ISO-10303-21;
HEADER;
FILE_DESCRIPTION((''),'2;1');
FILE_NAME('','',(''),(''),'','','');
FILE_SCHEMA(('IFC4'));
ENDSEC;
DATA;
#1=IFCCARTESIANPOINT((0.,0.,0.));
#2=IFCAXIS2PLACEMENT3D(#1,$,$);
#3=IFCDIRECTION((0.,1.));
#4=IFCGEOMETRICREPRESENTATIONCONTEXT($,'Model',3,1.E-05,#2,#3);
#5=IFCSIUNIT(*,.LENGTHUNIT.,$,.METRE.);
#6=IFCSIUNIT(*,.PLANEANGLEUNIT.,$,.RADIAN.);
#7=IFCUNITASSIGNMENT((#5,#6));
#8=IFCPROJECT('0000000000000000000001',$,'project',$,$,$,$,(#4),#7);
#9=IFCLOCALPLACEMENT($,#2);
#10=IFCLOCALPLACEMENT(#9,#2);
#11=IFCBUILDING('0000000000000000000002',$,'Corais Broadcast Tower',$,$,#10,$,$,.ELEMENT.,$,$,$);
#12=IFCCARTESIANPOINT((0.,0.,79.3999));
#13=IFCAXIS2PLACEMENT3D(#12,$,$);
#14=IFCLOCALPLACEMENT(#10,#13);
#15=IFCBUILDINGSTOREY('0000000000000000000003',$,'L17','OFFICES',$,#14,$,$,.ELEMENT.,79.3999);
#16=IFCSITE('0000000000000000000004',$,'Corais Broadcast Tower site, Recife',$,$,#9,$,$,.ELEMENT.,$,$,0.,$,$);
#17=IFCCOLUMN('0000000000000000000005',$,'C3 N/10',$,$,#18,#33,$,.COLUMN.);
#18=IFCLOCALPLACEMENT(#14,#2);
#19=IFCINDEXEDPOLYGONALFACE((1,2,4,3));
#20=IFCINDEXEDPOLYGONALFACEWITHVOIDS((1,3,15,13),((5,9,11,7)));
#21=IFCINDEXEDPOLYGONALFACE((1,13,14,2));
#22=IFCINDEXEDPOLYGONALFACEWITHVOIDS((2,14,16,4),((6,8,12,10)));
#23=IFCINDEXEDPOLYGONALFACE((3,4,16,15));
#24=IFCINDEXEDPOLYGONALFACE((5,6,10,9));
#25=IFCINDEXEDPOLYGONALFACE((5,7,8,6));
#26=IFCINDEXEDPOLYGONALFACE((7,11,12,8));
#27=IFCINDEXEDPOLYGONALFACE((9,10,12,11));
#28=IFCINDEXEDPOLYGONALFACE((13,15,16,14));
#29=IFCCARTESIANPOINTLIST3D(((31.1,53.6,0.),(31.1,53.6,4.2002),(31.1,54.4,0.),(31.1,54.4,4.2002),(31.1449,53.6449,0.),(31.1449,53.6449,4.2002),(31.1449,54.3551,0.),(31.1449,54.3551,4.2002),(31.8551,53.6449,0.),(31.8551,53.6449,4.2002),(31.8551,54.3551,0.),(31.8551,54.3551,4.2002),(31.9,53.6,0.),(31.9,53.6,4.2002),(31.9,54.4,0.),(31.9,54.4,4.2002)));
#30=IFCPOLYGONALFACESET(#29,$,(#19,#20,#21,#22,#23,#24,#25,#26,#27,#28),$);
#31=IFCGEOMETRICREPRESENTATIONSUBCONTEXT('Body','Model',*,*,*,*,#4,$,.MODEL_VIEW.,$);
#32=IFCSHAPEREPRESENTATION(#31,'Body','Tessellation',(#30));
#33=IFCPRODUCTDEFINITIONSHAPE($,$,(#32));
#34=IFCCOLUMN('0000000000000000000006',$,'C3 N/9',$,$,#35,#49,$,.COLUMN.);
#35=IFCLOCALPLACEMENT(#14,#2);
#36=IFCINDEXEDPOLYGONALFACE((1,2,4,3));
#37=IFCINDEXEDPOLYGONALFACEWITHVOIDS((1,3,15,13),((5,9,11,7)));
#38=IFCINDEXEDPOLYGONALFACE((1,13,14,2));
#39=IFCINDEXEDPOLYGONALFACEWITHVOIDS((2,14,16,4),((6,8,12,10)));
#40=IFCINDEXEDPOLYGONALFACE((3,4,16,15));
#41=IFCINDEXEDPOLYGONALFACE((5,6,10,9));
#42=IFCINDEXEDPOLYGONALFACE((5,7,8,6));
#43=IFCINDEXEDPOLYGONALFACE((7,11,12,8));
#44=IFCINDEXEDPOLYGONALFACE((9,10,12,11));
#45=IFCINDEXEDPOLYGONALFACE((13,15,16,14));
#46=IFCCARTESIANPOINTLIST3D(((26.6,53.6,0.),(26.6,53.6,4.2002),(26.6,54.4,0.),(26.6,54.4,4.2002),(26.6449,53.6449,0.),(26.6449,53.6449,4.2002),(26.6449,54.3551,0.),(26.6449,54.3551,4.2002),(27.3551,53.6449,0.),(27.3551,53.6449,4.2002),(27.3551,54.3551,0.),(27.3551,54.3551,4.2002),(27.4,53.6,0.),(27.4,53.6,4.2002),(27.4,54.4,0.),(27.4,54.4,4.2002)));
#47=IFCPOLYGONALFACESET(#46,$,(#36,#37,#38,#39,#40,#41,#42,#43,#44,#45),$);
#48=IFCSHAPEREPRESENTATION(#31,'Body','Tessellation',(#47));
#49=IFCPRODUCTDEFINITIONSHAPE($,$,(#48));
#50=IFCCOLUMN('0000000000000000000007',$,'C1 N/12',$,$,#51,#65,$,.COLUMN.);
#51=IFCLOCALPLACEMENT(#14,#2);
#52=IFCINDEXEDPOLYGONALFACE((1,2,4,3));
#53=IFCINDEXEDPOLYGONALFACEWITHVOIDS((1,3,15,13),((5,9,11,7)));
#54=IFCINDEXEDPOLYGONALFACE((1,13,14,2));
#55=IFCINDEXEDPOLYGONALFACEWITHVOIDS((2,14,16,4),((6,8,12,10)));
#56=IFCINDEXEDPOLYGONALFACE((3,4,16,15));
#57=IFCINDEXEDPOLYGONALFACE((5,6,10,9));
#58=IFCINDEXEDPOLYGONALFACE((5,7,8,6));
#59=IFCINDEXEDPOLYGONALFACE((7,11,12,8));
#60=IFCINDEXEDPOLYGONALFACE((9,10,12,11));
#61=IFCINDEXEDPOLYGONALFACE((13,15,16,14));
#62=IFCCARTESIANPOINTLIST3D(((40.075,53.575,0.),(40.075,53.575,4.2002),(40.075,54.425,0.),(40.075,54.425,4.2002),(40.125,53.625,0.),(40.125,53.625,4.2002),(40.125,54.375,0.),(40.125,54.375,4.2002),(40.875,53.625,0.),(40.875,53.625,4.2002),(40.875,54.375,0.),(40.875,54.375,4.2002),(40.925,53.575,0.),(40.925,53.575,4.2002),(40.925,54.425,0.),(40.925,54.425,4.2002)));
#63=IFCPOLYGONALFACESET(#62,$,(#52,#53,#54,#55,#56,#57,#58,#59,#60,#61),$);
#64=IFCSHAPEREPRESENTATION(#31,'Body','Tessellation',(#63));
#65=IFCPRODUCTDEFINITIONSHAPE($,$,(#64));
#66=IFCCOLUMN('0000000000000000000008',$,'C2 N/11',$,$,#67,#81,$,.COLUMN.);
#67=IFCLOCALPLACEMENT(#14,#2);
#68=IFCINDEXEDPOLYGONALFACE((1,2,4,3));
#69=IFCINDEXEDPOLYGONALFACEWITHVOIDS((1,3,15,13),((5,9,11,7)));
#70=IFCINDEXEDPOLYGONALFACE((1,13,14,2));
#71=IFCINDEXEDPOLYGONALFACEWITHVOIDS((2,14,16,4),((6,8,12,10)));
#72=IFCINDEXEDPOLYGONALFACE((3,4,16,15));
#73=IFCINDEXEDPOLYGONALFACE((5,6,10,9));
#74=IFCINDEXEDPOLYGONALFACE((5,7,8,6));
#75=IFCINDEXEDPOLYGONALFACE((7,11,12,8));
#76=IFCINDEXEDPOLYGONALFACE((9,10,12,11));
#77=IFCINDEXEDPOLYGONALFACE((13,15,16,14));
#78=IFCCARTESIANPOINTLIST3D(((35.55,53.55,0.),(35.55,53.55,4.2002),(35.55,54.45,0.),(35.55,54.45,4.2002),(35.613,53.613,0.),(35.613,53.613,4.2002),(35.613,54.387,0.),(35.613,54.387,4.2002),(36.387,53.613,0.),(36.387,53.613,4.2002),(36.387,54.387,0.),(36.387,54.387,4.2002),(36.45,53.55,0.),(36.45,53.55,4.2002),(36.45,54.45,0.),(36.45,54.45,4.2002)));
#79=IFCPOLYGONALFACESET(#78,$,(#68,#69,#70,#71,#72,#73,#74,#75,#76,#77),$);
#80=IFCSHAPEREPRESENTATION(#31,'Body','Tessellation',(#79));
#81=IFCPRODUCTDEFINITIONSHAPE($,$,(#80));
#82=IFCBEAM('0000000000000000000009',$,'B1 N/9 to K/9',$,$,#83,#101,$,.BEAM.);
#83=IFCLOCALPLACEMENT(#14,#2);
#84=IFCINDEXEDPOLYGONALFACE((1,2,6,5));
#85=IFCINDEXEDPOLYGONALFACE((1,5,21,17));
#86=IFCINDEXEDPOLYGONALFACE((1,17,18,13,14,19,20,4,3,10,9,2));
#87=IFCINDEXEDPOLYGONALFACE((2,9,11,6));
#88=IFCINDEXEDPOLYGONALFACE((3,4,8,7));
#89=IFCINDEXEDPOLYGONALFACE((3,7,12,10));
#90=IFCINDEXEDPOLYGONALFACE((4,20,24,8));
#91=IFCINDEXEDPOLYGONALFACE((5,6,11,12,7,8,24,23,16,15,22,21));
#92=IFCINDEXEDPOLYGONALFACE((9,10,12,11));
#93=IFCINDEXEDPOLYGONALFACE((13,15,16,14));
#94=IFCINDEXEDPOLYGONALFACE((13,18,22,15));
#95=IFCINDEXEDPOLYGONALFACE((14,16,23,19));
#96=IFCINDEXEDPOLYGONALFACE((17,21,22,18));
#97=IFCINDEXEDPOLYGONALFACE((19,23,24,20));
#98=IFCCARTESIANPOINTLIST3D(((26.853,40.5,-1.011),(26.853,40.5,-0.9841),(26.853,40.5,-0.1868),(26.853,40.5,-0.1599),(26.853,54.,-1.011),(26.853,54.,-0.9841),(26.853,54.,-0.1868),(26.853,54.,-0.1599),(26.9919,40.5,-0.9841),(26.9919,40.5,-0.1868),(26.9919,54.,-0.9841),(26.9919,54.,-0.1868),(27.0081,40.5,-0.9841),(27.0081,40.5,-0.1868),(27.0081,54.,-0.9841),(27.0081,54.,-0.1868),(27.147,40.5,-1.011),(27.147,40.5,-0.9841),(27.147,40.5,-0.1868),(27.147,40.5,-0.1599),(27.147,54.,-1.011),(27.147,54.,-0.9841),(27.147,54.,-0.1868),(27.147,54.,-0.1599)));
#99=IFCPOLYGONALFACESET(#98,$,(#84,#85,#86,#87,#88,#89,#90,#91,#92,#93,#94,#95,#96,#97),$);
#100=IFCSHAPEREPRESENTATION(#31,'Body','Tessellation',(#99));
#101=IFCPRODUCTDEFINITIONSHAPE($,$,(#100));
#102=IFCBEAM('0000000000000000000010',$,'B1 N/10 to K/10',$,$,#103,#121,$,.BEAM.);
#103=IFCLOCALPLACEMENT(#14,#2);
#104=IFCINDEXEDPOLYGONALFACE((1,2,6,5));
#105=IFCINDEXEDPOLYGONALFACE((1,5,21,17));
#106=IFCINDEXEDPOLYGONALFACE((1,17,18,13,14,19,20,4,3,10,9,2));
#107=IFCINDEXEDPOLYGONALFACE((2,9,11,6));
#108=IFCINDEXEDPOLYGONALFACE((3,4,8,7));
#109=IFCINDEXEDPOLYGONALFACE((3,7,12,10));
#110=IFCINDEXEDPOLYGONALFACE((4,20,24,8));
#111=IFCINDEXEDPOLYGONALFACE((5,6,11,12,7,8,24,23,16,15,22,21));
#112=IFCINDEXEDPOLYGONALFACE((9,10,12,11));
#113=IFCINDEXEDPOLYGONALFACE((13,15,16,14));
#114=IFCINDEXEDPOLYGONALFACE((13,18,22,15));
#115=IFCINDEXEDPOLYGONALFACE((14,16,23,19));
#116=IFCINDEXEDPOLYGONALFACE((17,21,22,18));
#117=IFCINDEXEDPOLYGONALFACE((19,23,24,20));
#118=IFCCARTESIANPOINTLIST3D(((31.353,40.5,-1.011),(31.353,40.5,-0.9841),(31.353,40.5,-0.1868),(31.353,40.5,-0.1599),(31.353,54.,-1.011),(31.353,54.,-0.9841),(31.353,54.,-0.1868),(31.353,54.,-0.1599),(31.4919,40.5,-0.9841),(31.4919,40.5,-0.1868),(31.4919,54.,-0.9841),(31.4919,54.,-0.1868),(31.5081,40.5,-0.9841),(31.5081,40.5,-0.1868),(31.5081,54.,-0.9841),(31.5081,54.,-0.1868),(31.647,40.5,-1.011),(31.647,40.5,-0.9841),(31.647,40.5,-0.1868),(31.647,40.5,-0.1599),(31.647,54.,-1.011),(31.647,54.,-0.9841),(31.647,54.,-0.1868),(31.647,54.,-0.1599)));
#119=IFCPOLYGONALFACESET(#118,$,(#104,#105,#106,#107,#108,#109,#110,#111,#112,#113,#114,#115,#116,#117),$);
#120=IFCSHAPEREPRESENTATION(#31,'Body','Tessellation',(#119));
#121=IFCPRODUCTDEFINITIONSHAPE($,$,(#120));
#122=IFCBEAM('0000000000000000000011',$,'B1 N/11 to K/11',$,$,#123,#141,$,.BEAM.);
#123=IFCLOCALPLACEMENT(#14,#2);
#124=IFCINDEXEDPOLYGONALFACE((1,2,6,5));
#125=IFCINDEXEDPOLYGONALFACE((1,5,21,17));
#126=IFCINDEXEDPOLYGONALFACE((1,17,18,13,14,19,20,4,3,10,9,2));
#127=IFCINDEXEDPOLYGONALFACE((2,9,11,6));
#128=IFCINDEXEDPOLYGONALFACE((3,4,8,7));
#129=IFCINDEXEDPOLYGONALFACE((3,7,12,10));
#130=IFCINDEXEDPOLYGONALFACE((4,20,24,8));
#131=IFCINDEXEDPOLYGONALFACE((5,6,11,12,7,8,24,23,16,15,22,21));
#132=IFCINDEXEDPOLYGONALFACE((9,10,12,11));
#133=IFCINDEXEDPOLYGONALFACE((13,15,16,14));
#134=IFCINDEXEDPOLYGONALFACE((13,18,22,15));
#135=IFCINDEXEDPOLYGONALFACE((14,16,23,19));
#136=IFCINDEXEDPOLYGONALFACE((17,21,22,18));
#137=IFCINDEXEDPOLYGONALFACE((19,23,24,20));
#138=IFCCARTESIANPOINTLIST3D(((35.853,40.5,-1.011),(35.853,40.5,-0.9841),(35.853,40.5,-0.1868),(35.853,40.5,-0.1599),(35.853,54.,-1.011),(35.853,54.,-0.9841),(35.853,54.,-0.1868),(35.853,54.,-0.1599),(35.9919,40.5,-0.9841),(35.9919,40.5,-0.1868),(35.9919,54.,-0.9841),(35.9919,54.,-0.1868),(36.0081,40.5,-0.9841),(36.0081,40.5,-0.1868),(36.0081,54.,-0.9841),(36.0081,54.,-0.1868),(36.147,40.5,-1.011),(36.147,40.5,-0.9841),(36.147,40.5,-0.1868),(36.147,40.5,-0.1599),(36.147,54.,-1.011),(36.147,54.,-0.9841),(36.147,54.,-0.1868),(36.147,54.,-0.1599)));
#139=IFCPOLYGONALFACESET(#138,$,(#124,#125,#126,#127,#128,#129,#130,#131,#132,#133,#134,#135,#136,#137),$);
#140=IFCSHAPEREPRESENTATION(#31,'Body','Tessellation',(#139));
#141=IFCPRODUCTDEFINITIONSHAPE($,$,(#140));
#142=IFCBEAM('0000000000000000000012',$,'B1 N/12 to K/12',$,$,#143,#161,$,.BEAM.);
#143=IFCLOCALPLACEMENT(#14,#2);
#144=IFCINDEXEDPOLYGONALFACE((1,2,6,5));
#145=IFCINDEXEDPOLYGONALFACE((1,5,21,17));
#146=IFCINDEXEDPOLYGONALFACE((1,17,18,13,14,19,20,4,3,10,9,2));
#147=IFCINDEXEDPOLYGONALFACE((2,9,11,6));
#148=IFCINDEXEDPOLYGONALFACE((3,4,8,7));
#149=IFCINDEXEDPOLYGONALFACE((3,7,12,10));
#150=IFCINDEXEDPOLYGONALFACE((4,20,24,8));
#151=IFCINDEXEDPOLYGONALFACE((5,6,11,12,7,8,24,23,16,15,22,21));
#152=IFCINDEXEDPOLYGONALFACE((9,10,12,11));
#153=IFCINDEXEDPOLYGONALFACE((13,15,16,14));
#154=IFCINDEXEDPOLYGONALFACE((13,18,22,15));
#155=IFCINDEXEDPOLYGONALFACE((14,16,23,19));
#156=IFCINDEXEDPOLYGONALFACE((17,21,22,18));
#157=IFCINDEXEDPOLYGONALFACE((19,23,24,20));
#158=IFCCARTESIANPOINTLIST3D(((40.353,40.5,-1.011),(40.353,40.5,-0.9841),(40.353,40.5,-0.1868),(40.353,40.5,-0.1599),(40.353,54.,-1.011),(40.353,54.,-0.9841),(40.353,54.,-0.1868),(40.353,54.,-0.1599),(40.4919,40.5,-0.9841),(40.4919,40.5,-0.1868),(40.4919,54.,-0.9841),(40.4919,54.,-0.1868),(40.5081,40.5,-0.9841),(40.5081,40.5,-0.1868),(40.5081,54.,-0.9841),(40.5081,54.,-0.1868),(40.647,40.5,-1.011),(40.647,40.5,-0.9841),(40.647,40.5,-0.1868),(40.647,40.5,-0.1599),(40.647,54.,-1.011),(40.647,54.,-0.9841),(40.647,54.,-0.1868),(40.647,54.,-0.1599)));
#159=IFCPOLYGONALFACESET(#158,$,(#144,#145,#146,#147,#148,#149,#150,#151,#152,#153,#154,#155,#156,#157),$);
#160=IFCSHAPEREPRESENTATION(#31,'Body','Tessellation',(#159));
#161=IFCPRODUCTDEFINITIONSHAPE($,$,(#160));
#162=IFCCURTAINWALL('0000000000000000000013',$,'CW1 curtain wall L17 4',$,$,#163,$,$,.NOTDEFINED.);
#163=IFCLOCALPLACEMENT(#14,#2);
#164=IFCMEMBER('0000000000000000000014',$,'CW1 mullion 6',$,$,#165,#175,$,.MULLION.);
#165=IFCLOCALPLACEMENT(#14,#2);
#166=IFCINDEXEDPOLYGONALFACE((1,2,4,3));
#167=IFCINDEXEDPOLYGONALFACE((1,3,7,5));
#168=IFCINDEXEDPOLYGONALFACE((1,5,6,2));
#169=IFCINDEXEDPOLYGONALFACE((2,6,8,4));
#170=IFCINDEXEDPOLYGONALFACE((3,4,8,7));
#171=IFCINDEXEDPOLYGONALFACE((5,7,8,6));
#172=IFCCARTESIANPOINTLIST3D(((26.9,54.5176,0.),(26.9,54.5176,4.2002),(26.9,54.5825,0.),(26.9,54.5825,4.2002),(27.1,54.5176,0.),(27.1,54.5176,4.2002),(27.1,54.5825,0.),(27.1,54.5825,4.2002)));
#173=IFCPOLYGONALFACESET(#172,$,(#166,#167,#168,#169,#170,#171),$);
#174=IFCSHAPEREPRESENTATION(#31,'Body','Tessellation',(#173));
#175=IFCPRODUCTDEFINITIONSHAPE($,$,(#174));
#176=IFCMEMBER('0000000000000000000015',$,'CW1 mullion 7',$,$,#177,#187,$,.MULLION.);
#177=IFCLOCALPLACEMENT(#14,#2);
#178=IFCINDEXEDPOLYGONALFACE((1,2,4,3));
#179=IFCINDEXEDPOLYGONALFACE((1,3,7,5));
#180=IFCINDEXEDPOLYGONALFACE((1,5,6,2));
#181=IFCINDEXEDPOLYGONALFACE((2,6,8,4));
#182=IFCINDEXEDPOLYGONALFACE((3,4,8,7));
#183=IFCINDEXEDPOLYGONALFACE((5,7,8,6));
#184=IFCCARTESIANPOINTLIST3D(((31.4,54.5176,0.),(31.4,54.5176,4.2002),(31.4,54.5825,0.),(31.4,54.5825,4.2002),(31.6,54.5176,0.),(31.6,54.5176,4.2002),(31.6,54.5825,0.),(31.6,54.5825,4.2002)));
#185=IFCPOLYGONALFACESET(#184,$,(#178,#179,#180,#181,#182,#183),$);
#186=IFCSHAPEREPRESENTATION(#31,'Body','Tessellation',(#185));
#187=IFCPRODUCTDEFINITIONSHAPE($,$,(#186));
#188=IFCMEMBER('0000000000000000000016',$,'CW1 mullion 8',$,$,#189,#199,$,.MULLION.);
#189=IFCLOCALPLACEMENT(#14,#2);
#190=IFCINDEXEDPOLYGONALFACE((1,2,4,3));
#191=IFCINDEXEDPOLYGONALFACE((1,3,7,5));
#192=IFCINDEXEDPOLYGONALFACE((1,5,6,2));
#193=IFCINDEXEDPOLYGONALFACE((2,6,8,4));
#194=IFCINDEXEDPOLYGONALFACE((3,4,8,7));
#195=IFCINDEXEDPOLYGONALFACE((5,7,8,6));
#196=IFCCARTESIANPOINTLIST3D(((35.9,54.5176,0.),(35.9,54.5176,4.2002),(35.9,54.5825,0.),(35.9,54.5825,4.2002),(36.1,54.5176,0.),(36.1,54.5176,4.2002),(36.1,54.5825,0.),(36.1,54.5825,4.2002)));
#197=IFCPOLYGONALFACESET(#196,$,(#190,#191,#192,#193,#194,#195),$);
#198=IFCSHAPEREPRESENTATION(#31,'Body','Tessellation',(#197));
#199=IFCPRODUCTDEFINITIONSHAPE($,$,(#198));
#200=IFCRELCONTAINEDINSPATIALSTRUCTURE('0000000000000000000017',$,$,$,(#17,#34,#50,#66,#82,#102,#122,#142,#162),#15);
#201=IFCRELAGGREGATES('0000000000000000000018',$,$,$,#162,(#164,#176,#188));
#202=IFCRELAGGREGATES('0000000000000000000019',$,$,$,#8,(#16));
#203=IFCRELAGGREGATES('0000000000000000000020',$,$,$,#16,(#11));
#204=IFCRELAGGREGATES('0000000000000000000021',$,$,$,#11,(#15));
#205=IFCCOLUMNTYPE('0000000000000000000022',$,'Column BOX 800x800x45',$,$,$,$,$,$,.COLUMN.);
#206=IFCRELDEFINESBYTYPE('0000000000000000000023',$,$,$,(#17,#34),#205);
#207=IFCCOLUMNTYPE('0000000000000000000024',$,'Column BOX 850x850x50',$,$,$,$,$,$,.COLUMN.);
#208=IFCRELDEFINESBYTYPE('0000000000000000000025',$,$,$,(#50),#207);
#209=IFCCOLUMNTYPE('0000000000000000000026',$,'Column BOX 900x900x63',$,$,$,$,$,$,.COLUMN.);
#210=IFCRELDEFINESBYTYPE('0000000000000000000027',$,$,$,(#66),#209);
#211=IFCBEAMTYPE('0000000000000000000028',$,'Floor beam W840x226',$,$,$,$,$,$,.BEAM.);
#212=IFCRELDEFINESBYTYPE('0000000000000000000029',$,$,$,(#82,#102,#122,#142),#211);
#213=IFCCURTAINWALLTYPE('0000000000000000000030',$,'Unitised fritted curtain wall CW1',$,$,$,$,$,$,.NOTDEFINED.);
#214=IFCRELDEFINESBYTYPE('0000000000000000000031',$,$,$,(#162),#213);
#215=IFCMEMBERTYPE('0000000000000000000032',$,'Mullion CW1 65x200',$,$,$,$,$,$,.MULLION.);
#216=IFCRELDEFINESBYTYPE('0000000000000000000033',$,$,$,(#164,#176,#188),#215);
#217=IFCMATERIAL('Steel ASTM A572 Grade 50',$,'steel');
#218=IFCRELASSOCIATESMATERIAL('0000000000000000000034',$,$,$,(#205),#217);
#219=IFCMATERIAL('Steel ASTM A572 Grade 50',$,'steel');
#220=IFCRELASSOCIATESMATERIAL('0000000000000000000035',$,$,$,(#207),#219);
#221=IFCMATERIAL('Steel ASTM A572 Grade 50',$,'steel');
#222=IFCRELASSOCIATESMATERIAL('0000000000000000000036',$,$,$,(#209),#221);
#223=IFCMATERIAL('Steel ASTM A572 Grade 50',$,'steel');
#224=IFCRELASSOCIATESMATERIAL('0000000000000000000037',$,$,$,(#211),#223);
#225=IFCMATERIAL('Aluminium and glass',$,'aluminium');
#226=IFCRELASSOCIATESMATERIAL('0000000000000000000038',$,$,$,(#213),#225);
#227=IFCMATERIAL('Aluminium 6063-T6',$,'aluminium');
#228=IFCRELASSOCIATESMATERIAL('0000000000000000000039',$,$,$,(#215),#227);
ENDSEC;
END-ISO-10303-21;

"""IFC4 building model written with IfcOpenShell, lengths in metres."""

from ifc_helpers import new_model, si_unit, direction, frame, origin, origin_2d, place, context, subcontext, project, spatial, rectangle, hollow_rectangle, i_section, extrude, material, material_profile, profile_set, type_object, element, aggregate, save


model = new_model("IFC4")

# Units and contexts
model_context = context("Model", 3, precision=1e-05, world=origin(), true_north=direction((0.0, 1.0)))
body_context = subcontext(model_context, "Body", "Model", "MODEL_VIEW")
ifc_project = project(units=[si_unit("LENGTHUNIT", "METRE"), si_unit("PLANEANGLEUNIT", "RADIAN")], contexts=[model_context])

# Site, building, storey
site_placement = place(None, origin())
site = spatial("IfcSite", under=ifc_project, at=site_placement, Name="Corais Broadcast Tower site, Recife", CompositionType="ELEMENT", RefElevation=0.0)
building_placement = place(site_placement, origin())
building = spatial("IfcBuilding", under=site, at=building_placement, Name="Corais Broadcast Tower", CompositionType="ELEMENT")
storey_placement = place(building_placement, frame((0.0, 0.0, 79.3999)))
storey = spatial("IfcBuildingStorey", under=building, at=storey_placement, Name="L17", Description="OFFICES", CompositionType="ELEMENT", Elevation=79.3999)

# Columns
ifc_material_1 = material(Name="Steel ASTM A572 Grade 50", Category="steel")
ifc_material_profile_1 = material_profile(ifc_material_1, hollow_rectangle(XDim=0.8, YDim=0.8, WallThickness=0.0449, at=origin_2d()), Name="BOX 800x800x45")
ifc_profile_set_1 = profile_set([ifc_material_profile_1], Name="Steel ASTM A572 Grade 50")
column_type_1 = type_object("IfcColumnType", Name="Column BOX 800x800x45", PredefinedType="COLUMN", material=ifc_profile_set_1)
for number, where, z_axis, x_axis, name in (
    (1, (31.5, 54.0, 0.0), (0.0, 0.0, 1.0), (1.0, 0.0, 0.0), "C3 N/10"),
    (2, (27.0, 54.0, 0.0), (0.0, 0.0, 1.0), (1.0, 0.0, 0.0), "C3 N/9"),
):
    element("IfcColumn", number, at=place(storey_placement, frame(where, z_axis=z_axis, x_axis=x_axis)), inside=storey, type_object=column_type_1, Name=name, PredefinedType="COLUMN", context=body_context, shape_type="SweptSolid", body=[
        extrude(hollow_rectangle(XDim=0.8, YDim=0.8, WallThickness=0.0449, at=origin_2d()), origin(), (0.0, 0.0, 1.0), 4.2002),
    ])
ifc_material_2 = material(Name="Steel ASTM A572 Grade 50", Category="steel")
ifc_material_profile_2 = material_profile(ifc_material_2, hollow_rectangle(XDim=0.8501, YDim=0.8501, WallThickness=0.05, at=origin_2d()), Name="BOX 850x850x50")
ifc_profile_set_2 = profile_set([ifc_material_profile_2], Name="Steel ASTM A572 Grade 50")
column_type_2 = type_object("IfcColumnType", Name="Column BOX 850x850x50", PredefinedType="COLUMN", material=ifc_profile_set_2)
column_1_placement = place(storey_placement, frame((40.5, 54.0, 0.0), z_axis=(0.0, 0.0, 1.0), x_axis=(1.0, 0.0, 0.0)))
element("IfcColumn", 3, at=column_1_placement, inside=storey, type_object=column_type_2, Name="C1 N/12", PredefinedType="COLUMN", context=body_context, shape_type="SweptSolid", body=[
    extrude(hollow_rectangle(XDim=0.8501, YDim=0.8501, WallThickness=0.05, at=origin_2d()), origin(), (0.0, 0.0, 1.0), 4.2002),
])
ifc_material_3 = material(Name="Steel ASTM A572 Grade 50", Category="steel")
ifc_material_profile_3 = material_profile(ifc_material_3, hollow_rectangle(XDim=0.8999, YDim=0.8999, WallThickness=0.063, at=origin_2d()), Name="BOX 900x900x63")
ifc_profile_set_3 = profile_set([ifc_material_profile_3], Name="Steel ASTM A572 Grade 50")
column_type_3 = type_object("IfcColumnType", Name="Column BOX 900x900x63", PredefinedType="COLUMN", material=ifc_profile_set_3)
column_2_placement = place(storey_placement, frame((36.0, 54.0, 0.0), z_axis=(0.0, 0.0, 1.0), x_axis=(1.0, 0.0, 0.0)))
element("IfcColumn", 4, at=column_2_placement, inside=storey, type_object=column_type_3, Name="C2 N/11", PredefinedType="COLUMN", context=body_context, shape_type="SweptSolid", body=[
    extrude(hollow_rectangle(XDim=0.8999, YDim=0.8999, WallThickness=0.063, at=origin_2d()), origin(), (0.0, 0.0, 1.0), 4.2002),
])

# Beams
ifc_material_4 = material(Name="Steel ASTM A572 Grade 50", Category="steel")
ifc_material_profile_4 = material_profile(ifc_material_4, i_section(OverallWidth=0.2939, OverallDepth=0.8511, WebThickness=0.0161, FlangeThickness=0.0269, at=origin_2d()), Name="W840x226")
ifc_profile_set_4 = profile_set([ifc_material_profile_4], Name="Steel ASTM A572 Grade 50")
beam_type_1 = type_object("IfcBeamType", Name="Floor beam W840x226", PredefinedType="BEAM", material=ifc_profile_set_4)
for number, where, z_axis, x_axis, name in (
    (5, (27.0, 54.0, -0.5854), (0.0, -1.0, 0.0), (1.0, 0.0, 0.0), "B1 N/9 to K/9"),
    (6, (31.5, 54.0, -0.5854), (0.0, -1.0, 0.0), (1.0, 0.0, 0.0), "B1 N/10 to K/10"),
    (7, (36.0, 54.0, -0.5854), (0.0, -1.0, 0.0), (1.0, 0.0, 0.0), "B1 N/11 to K/11"),
    (8, (40.5, 54.0, -0.5854), (0.0, -1.0, 0.0), (1.0, 0.0, 0.0), "B1 N/12 to K/12"),
):
    element("IfcBeam", number, at=place(storey_placement, frame(where, z_axis=z_axis, x_axis=x_axis)), inside=storey, type_object=beam_type_1, Name=name, PredefinedType="BEAM", context=body_context, shape_type="SweptSolid", body=[
        extrude(i_section(OverallWidth=0.2939, OverallDepth=0.8511, WebThickness=0.0161, FlangeThickness=0.0269, at=origin_2d()), origin(), (0.0, 0.0, 1.0), 13.5),
    ])

# Curtain wall, members
ifc_material_5 = material(Name="Aluminium and glass", Category="aluminium")
curtain_wall_type = type_object("IfcCurtainWallType", Name="Unitised fritted curtain wall CW1", PredefinedType="NOTDEFINED", material=ifc_material_5)
curtain_wall_placement = place(storey_placement, origin())
curtain_wall = element("IfcCurtainWall", 9, at=curtain_wall_placement, inside=storey, type_object=curtain_wall_type, Name="CW1 curtain wall L17 4", PredefinedType="NOTDEFINED")
ifc_material_6 = material(Name="Aluminium 6063-T6", Category="aluminium")
ifc_material_profile_5 = material_profile(ifc_material_6, rectangle(XDim=0.0649, YDim=0.2, at=origin_2d()), Name="Mullion CW1 65x200")
ifc_profile_set_5 = profile_set([ifc_material_profile_5], Name="Aluminium 6063-T6")
member_type_1 = type_object("IfcMemberType", Name="Mullion CW1 65x200", PredefinedType="MULLION", material=ifc_profile_set_5)
member_1_placement = place(storey_placement, frame((27.0, 54.55, 0.0), z_axis=(0.0, 0.0, 1.0), x_axis=(0.0, 1.0, 0.0)))
member_1 = element("IfcMember", 10, at=member_1_placement, type_object=member_type_1, Name="CW1 mullion 6", PredefinedType="MULLION", context=body_context, shape_type="SweptSolid", body=[
    extrude(rectangle(XDim=0.0649, YDim=0.2, at=origin_2d()), origin(), (0.0, 0.0, 1.0), 4.2002),
])
member_2_placement = place(storey_placement, frame((31.5, 54.55, 0.0), z_axis=(0.0, 0.0, 1.0), x_axis=(0.0, 1.0, 0.0)))
member_2 = element("IfcMember", 11, at=member_2_placement, type_object=member_type_1, Name="CW1 mullion 7", PredefinedType="MULLION", context=body_context, shape_type="SweptSolid", body=[
    extrude(rectangle(XDim=0.0649, YDim=0.2, at=origin_2d()), origin(), (0.0, 0.0, 1.0), 4.2002),
])
member_3_placement = place(storey_placement, frame((36.0, 54.55, 0.0), z_axis=(0.0, 0.0, 1.0), x_axis=(0.0, 1.0, 0.0)))
member_3 = element("IfcMember", 12, at=member_3_placement, type_object=member_type_1, Name="CW1 mullion 8", PredefinedType="MULLION", context=body_context, shape_type="SweptSolid", body=[
    extrude(rectangle(XDim=0.0649, YDim=0.2, at=origin_2d()), origin(), (0.0, 0.0, 1.0), 4.2002),
])

aggregate(curtain_wall, [member_1, member_2, member_3])

save(model, "model.ifc")
